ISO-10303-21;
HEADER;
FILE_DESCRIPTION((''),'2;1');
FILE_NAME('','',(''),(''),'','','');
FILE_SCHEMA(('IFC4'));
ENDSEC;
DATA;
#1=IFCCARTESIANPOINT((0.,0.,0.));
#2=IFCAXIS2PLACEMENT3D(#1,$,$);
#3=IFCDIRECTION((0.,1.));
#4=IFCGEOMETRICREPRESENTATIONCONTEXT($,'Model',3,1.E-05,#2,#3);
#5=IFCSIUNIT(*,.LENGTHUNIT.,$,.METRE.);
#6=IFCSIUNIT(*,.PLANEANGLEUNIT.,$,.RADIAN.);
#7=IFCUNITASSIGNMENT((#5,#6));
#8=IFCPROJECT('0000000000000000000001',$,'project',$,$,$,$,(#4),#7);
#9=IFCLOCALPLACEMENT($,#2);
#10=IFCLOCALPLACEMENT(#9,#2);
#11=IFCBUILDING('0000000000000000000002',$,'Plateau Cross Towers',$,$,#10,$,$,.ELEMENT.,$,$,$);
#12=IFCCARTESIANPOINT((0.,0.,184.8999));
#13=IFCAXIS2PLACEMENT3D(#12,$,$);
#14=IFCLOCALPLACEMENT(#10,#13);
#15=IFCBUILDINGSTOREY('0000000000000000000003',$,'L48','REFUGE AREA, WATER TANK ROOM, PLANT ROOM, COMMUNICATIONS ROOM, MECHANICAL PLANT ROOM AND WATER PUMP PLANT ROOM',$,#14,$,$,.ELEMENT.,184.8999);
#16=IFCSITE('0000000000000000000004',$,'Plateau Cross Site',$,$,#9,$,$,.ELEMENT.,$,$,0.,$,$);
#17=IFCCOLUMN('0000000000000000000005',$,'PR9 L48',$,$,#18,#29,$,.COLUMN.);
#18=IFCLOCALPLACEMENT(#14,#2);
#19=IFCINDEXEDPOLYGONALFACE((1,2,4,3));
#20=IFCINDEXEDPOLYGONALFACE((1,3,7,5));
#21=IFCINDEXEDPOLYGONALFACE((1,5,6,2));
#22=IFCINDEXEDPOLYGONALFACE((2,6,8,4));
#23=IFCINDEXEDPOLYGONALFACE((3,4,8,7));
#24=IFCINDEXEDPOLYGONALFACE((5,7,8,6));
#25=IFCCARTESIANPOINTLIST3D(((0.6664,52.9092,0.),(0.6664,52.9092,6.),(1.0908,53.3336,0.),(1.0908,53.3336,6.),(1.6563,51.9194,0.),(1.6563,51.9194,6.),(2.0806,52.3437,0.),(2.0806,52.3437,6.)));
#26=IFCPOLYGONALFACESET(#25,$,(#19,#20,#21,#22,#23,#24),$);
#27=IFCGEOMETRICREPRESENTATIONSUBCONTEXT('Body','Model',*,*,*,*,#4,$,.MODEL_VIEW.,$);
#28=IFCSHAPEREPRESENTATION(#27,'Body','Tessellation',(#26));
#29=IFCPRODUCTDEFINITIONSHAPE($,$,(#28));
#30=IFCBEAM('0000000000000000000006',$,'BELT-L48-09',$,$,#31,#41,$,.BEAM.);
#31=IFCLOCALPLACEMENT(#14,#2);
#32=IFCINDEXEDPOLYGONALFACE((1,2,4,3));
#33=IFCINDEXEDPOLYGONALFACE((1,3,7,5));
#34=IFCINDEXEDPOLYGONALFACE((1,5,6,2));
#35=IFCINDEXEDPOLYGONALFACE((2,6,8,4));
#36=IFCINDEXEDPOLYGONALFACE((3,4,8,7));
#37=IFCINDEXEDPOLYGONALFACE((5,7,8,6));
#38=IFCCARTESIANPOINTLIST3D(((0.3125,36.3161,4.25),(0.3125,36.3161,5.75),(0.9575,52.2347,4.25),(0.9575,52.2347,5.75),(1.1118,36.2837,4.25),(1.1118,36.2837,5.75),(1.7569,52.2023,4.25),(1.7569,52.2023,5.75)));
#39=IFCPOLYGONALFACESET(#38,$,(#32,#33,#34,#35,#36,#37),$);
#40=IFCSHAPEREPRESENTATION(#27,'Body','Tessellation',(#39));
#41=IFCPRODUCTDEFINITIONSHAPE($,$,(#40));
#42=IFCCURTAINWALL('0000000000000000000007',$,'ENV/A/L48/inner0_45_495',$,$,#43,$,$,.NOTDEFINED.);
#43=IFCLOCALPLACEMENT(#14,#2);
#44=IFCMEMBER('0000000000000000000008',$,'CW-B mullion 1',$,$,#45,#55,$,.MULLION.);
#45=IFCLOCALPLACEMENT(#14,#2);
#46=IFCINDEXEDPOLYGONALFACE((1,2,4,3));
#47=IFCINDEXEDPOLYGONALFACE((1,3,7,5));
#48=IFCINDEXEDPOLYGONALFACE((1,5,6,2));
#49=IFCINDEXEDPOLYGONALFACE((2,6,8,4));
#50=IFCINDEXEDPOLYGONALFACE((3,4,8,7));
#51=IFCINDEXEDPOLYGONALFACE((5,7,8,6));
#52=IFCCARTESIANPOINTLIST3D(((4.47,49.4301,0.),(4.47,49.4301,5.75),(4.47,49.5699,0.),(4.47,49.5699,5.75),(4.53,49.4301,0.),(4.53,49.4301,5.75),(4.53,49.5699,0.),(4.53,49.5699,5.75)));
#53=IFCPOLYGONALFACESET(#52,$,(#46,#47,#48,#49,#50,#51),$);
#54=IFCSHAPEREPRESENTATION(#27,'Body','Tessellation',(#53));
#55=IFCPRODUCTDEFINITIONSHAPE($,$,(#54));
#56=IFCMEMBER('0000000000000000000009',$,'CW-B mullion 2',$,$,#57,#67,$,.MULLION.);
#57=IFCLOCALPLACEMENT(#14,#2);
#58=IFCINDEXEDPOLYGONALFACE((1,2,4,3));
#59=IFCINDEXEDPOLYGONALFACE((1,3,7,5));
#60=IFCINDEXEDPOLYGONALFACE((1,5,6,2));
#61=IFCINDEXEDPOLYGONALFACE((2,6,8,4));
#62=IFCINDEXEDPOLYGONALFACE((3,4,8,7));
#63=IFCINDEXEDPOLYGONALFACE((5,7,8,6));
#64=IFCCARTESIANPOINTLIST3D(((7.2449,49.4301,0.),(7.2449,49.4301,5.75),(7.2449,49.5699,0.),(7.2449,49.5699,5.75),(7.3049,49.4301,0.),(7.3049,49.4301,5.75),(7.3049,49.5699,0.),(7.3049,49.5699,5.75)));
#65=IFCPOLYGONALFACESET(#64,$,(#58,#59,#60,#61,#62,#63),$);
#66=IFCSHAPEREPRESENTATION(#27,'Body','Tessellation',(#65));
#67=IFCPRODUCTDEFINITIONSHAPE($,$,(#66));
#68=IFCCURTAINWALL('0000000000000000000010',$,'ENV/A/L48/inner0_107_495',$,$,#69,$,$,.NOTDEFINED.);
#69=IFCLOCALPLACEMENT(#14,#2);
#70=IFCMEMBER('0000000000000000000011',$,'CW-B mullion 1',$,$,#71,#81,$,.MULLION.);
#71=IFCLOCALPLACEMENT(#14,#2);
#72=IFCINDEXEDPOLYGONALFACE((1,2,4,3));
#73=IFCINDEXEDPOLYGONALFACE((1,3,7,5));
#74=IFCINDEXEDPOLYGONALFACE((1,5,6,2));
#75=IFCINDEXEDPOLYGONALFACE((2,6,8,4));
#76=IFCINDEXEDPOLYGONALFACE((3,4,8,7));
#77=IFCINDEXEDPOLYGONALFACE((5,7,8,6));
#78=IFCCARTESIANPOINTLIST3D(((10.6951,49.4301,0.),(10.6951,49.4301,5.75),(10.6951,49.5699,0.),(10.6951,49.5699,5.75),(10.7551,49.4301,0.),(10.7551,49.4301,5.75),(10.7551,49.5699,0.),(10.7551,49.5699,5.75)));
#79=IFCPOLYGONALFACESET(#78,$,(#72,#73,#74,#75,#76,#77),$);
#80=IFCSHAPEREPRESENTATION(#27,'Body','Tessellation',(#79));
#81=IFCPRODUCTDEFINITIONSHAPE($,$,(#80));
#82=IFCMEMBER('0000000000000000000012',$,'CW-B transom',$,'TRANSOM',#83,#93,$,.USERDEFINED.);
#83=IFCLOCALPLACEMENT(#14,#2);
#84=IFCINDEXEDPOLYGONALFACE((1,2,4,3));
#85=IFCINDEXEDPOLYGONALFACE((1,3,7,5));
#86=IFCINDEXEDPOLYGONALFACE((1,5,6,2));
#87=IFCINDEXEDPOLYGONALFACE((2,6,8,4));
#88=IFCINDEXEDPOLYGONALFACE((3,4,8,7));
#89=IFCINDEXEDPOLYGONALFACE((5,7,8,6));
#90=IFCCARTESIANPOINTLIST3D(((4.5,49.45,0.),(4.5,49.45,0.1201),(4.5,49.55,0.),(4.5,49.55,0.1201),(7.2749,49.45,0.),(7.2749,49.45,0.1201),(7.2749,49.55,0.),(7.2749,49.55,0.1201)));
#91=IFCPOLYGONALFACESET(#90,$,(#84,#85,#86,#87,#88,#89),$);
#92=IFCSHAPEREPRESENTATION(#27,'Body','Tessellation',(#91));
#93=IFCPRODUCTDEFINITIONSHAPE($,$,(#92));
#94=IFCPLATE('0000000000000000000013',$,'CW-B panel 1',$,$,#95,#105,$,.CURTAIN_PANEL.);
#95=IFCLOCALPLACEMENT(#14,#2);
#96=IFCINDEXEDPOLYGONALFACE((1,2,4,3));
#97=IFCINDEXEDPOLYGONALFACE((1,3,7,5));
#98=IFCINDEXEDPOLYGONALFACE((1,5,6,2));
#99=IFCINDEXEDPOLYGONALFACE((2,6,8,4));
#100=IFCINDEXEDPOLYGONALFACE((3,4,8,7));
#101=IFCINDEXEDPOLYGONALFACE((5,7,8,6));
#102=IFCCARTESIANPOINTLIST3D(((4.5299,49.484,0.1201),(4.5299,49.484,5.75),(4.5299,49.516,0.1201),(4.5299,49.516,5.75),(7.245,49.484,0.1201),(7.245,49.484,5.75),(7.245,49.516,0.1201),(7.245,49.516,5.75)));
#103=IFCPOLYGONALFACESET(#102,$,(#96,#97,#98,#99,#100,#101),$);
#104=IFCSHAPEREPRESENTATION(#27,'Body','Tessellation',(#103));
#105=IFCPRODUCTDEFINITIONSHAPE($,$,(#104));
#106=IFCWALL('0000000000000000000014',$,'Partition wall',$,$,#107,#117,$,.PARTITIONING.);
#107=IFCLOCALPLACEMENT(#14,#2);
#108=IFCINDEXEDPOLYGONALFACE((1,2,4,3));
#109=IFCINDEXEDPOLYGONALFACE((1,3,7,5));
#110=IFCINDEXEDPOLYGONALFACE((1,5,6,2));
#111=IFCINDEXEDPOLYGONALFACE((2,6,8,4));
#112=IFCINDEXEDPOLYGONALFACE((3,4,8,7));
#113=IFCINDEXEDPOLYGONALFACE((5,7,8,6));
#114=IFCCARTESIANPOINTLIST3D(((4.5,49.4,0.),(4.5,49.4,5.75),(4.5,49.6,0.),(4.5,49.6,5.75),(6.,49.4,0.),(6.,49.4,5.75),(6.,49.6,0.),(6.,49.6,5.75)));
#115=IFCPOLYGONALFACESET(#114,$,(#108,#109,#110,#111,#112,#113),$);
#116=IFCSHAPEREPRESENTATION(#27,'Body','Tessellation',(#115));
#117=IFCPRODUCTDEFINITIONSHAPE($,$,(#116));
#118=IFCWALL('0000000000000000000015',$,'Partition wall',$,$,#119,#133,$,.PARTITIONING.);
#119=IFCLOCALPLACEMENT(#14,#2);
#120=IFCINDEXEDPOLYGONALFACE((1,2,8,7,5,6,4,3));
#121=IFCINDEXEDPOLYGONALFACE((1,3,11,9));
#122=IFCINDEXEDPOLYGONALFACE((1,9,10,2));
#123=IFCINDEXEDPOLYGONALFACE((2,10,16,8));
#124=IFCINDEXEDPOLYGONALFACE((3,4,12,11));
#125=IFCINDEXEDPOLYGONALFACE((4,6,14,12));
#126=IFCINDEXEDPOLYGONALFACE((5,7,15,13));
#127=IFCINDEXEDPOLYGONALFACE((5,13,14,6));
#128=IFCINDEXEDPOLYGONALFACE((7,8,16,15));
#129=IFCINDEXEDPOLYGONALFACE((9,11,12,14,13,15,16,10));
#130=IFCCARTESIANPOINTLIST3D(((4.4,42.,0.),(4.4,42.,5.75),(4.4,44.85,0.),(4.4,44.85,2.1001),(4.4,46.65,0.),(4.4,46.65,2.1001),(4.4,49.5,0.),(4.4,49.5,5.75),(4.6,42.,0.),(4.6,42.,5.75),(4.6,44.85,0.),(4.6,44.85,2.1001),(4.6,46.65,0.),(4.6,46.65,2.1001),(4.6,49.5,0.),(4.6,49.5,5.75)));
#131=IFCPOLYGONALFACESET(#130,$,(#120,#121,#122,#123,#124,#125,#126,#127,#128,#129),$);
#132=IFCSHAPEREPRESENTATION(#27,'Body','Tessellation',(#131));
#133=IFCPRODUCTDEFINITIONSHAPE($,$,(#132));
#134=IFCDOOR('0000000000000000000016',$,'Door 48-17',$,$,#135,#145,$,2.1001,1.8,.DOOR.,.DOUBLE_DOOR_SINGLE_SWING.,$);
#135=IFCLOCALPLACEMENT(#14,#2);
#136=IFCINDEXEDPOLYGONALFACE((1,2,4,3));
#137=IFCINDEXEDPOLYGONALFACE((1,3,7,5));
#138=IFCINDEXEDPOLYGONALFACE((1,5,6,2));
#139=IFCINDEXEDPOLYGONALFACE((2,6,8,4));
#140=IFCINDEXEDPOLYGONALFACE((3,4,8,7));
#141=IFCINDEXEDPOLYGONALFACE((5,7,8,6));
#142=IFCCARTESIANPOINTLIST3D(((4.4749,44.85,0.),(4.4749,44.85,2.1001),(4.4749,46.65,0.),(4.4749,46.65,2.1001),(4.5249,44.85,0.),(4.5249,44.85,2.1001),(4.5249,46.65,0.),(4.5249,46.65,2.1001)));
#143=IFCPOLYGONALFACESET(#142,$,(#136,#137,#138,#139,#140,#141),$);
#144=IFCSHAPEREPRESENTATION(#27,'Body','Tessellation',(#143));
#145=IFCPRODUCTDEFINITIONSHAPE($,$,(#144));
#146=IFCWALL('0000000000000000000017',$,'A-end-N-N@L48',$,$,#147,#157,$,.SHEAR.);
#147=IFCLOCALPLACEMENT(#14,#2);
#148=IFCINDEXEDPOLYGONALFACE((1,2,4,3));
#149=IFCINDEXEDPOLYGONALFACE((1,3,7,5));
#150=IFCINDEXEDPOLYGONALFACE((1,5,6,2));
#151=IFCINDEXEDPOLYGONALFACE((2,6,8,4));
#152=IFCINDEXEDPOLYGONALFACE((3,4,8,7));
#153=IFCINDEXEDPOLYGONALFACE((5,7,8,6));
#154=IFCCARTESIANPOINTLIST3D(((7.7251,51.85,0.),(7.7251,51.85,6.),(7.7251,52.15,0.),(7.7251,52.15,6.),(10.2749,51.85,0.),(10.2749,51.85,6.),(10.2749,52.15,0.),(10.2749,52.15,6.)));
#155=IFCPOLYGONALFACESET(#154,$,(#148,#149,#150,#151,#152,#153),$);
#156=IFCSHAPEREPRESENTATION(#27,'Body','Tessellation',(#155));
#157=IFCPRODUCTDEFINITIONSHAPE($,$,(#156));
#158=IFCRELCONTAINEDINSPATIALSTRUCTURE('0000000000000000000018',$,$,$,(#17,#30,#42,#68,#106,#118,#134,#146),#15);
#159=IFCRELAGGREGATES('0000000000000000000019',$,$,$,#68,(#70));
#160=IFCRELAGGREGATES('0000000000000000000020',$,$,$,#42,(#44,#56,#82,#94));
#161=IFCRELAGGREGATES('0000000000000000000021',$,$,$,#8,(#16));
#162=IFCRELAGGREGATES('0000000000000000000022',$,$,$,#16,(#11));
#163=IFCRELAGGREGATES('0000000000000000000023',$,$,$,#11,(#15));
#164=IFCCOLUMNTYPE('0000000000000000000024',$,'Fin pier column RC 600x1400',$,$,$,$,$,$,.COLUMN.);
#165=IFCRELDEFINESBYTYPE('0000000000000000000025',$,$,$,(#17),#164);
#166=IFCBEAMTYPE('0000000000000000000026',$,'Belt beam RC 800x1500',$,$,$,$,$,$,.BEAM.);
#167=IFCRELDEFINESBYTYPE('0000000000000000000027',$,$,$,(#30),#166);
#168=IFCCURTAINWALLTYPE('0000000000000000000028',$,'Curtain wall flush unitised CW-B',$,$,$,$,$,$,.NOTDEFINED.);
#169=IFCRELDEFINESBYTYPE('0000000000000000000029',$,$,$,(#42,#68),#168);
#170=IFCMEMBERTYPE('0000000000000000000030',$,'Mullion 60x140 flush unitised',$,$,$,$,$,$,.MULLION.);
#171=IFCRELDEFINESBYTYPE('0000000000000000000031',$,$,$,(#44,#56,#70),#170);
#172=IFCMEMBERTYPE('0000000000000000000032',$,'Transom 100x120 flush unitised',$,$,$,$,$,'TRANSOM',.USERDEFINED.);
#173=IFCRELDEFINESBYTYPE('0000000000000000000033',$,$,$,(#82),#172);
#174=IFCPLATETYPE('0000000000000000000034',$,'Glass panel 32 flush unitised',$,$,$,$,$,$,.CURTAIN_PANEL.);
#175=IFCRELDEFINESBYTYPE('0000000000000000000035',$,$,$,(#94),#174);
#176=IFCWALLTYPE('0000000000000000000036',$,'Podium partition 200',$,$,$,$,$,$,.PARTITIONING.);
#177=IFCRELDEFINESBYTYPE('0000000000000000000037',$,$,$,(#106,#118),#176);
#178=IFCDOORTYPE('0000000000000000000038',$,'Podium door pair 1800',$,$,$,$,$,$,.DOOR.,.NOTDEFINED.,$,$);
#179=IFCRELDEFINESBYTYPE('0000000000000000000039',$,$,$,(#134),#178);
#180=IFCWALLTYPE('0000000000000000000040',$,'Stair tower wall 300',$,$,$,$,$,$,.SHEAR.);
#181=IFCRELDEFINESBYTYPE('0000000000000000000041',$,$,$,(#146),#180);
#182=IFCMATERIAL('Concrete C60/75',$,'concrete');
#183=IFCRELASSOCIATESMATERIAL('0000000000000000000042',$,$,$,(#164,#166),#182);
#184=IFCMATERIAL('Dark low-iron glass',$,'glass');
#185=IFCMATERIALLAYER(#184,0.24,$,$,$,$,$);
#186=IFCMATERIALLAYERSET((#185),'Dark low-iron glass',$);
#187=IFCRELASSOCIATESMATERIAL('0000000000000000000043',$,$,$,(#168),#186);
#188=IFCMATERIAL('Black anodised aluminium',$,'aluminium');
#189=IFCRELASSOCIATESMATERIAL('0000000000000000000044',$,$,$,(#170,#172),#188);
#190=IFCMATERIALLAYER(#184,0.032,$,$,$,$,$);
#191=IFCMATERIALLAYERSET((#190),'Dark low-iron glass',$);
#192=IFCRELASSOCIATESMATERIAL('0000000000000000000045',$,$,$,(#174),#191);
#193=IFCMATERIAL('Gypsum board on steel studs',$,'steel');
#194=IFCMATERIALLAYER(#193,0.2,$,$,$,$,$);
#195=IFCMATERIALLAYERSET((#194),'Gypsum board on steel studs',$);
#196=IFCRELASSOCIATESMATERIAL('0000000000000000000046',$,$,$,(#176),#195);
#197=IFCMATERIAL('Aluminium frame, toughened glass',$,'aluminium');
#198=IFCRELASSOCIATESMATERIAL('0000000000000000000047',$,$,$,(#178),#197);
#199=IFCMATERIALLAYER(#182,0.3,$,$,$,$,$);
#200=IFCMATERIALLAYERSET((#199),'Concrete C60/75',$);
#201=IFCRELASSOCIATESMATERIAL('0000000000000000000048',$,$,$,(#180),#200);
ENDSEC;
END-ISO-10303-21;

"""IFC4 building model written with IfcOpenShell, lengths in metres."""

from ifc_helpers import new_model, si_unit, direction, frame, frame_2d, origin, origin_2d, place, context, subcontext, project, spatial, rectangle, extrude, material, layer, layer_set, material_profile, profile_set, type_object, element, fill, aggregate, save


model = new_model("IFC4")

# Units and contexts
model_context = context("Model", 3, precision=1e-05, world=origin(), true_north=direction((0.0, 1.0)))
body_context = subcontext(model_context, "Body", "Model", "MODEL_VIEW")
ifc_project = project(units=[si_unit("LENGTHUNIT", "METRE"), si_unit("PLANEANGLEUNIT", "RADIAN")], contexts=[model_context])

# Site, building, storey
site_placement = place(None, origin())
site = spatial("IfcSite", under=ifc_project, at=site_placement, Name="Plateau Cross Site", CompositionType="ELEMENT", RefElevation=0.0)
building_placement = place(site_placement, origin())
building = spatial("IfcBuilding", under=site, at=building_placement, Name="Plateau Cross Towers", CompositionType="ELEMENT")
storey_placement = place(building_placement, frame((0.0, 0.0, 184.8999)))
storey = spatial("IfcBuildingStorey", under=building, at=storey_placement, Name="L48", Description="REFUGE AREA, WATER TANK ROOM, PLANT ROOM, COMMUNICATIONS ROOM, MECHANICAL PLANT ROOM AND WATER PUMP PLANT ROOM", CompositionType="ELEMENT", Elevation=184.8999)

# Column
ifc_material_1 = material(Name="Concrete C60/75", Category="concrete")
ifc_material_profile_1 = material_profile(ifc_material_1, rectangle(XDim=0.6001, YDim=1.3999, at=origin_2d()), Name="RC 600x1400")
ifc_profile_set_1 = profile_set([ifc_material_profile_1], Name="Concrete C60/75")
column_type = type_object("IfcColumnType", Name="Fin pier column RC 600x1400", PredefinedType="COLUMN", material=ifc_profile_set_1)
column_placement = place(storey_placement, frame((1.3735, 52.6265, 0.0), z_axis=(0.0, 0.0, 1.0), x_axis=(0.707107, 0.707107, 0.0)))
element("IfcColumn", 1, at=column_placement, inside=storey, type_object=column_type, Name="PR9 L48", PredefinedType="COLUMN", context=body_context, shape_type="SweptSolid", body=[
    extrude(rectangle(XDim=0.6001, YDim=1.3999, at=origin_2d()), origin(), (0.0, 0.0, 1.0), 6.0),
])

# Beam
ifc_material_profile_2 = material_profile(ifc_material_1, rectangle(XDim=0.8, YDim=1.5, at=origin_2d()), Name="RC 800x1500")
ifc_profile_set_2 = profile_set([ifc_material_profile_2], Name="Concrete C60/75")
beam_type = type_object("IfcBeamType", Name="Belt beam RC 800x1500", PredefinedType="BEAM", material=ifc_profile_set_2)
beam_placement = place(storey_placement, frame((1.3572, 52.2185, 5.0), z_axis=(-0.040487, -0.99918, 0.0), x_axis=(0.99918, -0.040487, 0.0)))
element("IfcBeam", 2, at=beam_placement, inside=storey, type_object=beam_type, Name="BELT-L48-09", PredefinedType="BEAM", context=body_context, shape_type="SweptSolid", body=[
    extrude(rectangle(XDim=0.8, YDim=1.5, at=origin_2d()), origin(), (0.0, 0.0, 1.0), 15.9316),
])

# Curtain wall, members
ifc_material_2 = material(Name="Dark low-iron glass", Category="glass")
ifc_layer_1 = layer(ifc_material_2, 0.24)
ifc_layer_set_1 = layer_set([ifc_layer_1], Name="Dark low-iron glass")
curtain_wall_type = type_object("IfcCurtainWallType", Name="Curtain wall flush unitised CW-B", PredefinedType="NOTDEFINED", material=ifc_layer_set_1)
curtain_wall_1_placement = place(storey_placement, origin())
curtain_wall_1 = element("IfcCurtainWall", 3, at=curtain_wall_1_placement, inside=storey, type_object=curtain_wall_type, Name="ENV/A/L48/inner0_45_495", PredefinedType="NOTDEFINED")
ifc_material_3 = material(Name="Black anodised aluminium", Category="aluminium")
ifc_material_profile_3 = material_profile(ifc_material_3, rectangle(XDim=0.0601, YDim=0.1399, at=origin_2d()), Name="MULLION 60x140")
ifc_profile_set_3 = profile_set([ifc_material_profile_3], Name="Black anodised aluminium")
member_type_1 = type_object("IfcMemberType", Name="Mullion 60x140 flush unitised", PredefinedType="MULLION", material=ifc_profile_set_3)
member_1_placement = place(storey_placement, frame((4.5, 49.5, 0.0), z_axis=(0.0, 0.0, 1.0), x_axis=(1.0, 0.0, 0.0)))
member_1 = element("IfcMember", 4, at=member_1_placement, type_object=member_type_1, Name="CW-B mullion 1", PredefinedType="MULLION", context=body_context, shape_type="SweptSolid", body=[
    extrude(rectangle(XDim=0.0601, YDim=0.1399, at=origin_2d()), origin(), (0.0, 0.0, 1.0), 5.75),
])
member_2_placement = place(storey_placement, frame((7.2749, 49.5, 0.0), z_axis=(0.0, 0.0, 1.0), x_axis=(1.0, 0.0, 0.0)))
member_2 = element("IfcMember", 5, at=member_2_placement, type_object=member_type_1, Name="CW-B mullion 2", PredefinedType="MULLION", context=body_context, shape_type="SweptSolid", body=[
    extrude(rectangle(XDim=0.0601, YDim=0.1399, at=origin_2d()), origin(), (0.0, 0.0, 1.0), 5.75),
])

# Curtain wall, member
curtain_wall_2_placement = place(storey_placement, origin())
curtain_wall_2 = element("IfcCurtainWall", 6, at=curtain_wall_2_placement, inside=storey, type_object=curtain_wall_type, Name="ENV/A/L48/inner0_107_495", PredefinedType="NOTDEFINED")
member_3_placement = place(storey_placement, frame((10.7251, 49.5, 0.0), z_axis=(0.0, 0.0, 1.0), x_axis=(1.0, 0.0, 0.0)))
member_3 = element("IfcMember", 7, at=member_3_placement, type_object=member_type_1, Name="CW-B mullion 1", PredefinedType="MULLION", context=body_context, shape_type="SweptSolid", body=[
    extrude(rectangle(XDim=0.0601, YDim=0.1399, at=origin_2d()), origin(), (0.0, 0.0, 1.0), 5.75),
])
aggregate(curtain_wall_2, [member_3])

# Member
ifc_material_profile_4 = material_profile(ifc_material_3, rectangle(XDim=0.1001, YDim=0.1201, at=origin_2d()), Name="TRANSOM 100x120")
ifc_profile_set_4 = profile_set([ifc_material_profile_4], Name="Black anodised aluminium")
member_type_2 = type_object("IfcMemberType", Name="Transom 100x120 flush unitised", ElementType="TRANSOM", PredefinedType="USERDEFINED", material=ifc_profile_set_4)
member_4_placement = place(storey_placement, frame((4.5, 49.5, 0.0601), z_axis=(1.0, 0.0, 0.0), x_axis=(0.0, 1.0, 0.0)))
member_4 = element("IfcMember", 8, at=member_4_placement, type_object=member_type_2, Name="CW-B transom", ObjectType="TRANSOM", PredefinedType="USERDEFINED", context=body_context, shape_type="SweptSolid", body=[
    extrude(rectangle(XDim=0.1001, YDim=0.1201, at=origin_2d()), origin(), (0.0, 0.0, 1.0), 2.7749),
])

# Plate
ifc_layer_2 = layer(ifc_material_2, 0.032)
ifc_layer_set_2 = layer_set([ifc_layer_2], Name="Dark low-iron glass")
plate_type = type_object("IfcPlateType", Name="Glass panel 32 flush unitised", PredefinedType="CURTAIN_PANEL", material=ifc_layer_set_2)
plate_placement = place(storey_placement, frame((5.8875, 49.5, 0.1201), z_axis=(0.0, 0.0, 1.0), x_axis=(1.0, 0.0, 0.0)))
plate = element("IfcPlate", 9, at=plate_placement, type_object=plate_type, Name="CW-B panel 1", PredefinedType="CURTAIN_PANEL", context=body_context, shape_type="SweptSolid", body=[
    extrude(rectangle(XDim=2.7151, YDim=0.032, at=origin_2d()), origin(), (0.0, 0.0, 1.0), 5.6299),
])
aggregate(curtain_wall_1, [member_1, member_2, member_4, plate])

# Wall
ifc_material_4 = material(Name="Gypsum board on steel studs", Category="steel")
ifc_layer_3 = layer(ifc_material_4, 0.2)
ifc_layer_set_3 = layer_set([ifc_layer_3], Name="Gypsum board on steel studs")
wall_type_1 = type_object("IfcWallType", Name="Podium partition 200", PredefinedType="PARTITIONING", material=ifc_layer_set_3)
wall_1_placement = place(storey_placement, frame((6.0, 49.5, 0.0), z_axis=(0.0, 0.0, 1.0), x_axis=(-1.0, 0.0, 0.0)))
element("IfcWall", 10, at=wall_1_placement, inside=storey, type_object=wall_type_1, Name="Partition wall", PredefinedType="PARTITIONING", context=body_context, shape_type="SweptSolid", body=[
    extrude(rectangle(XDim=1.5, YDim=0.2, at=frame_2d((0.75, 0.0))), origin(), (0.0, 0.0, 1.0), 5.75),
])

# Wall, opening, door
wall_2_placement = place(storey_placement, frame((4.5, 49.5, 0.0), z_axis=(0.0, 0.0, 1.0), x_axis=(0.0, -1.0, 0.0)))
wall_2 = element("IfcWall", 11, at=wall_2_placement, inside=storey, type_object=wall_type_1, Name="Partition wall", PredefinedType="PARTITIONING", context=body_context, shape_type="SweptSolid", body=[
    extrude(rectangle(XDim=7.5, YDim=0.2, at=frame_2d((3.75, 0.0))), origin(), (0.0, 0.0, 1.0), 5.75),
])
opening_placement = place(wall_2_placement, frame((2.8501, 0.0, 0.0)))
opening = element("IfcOpeningElement", 12, at=opening_placement, cuts=wall_2, PredefinedType="OPENING", context=body_context, shape_type="SweptSolid", body=[
    extrude(rectangle(XDim=1.8, YDim=2.1001, at=frame_2d((0.8999, 1.05))), frame((0.0, 0.1099, 0.0), z_axis=(0.0, -1.0, 0.0), x_axis=(1.0, 0.0, 0.0)), (0.0, 0.0, 1.0), 0.22),
])
ifc_material_5 = material(Name="Aluminium frame, toughened glass", Category="aluminium")
door_type = type_object("IfcDoorType", Name="Podium door pair 1800", OperationType="NOTDEFINED", PredefinedType="DOOR", material=ifc_material_5)
door_placement = place(opening_placement, origin())
door = element("IfcDoor", 13, at=door_placement, inside=storey, type_object=door_type, Name="Door 48-17", OperationType="DOUBLE_DOOR_SINGLE_SWING", OverallHeight=2.1001, OverallWidth=1.8, PredefinedType="DOOR", context=body_context, shape_type="SweptSolid", body=[
    extrude(rectangle(XDim=1.8, YDim=2.1001, at=frame_2d((0.8999, 1.05))), frame((0.0, 0.0249, 0.0), z_axis=(0.0, -1.0, 0.0), x_axis=(1.0, 0.0, 0.0)), (0.0, 0.0, 1.0), 0.05),
])
fill(opening, door)

# Wall
ifc_layer_4 = layer(ifc_material_1, 0.3)
ifc_layer_set_4 = layer_set([ifc_layer_4], Name="Concrete C60/75")
wall_type_2 = type_object("IfcWallType", Name="Stair tower wall 300", PredefinedType="SHEAR", material=ifc_layer_set_4)
wall_3_placement = place(storey_placement, frame((7.7251, 52.0, 0.0), z_axis=(0.0, 0.0, 1.0), x_axis=(1.0, 0.0, 0.0)))
element("IfcWall", 14, at=wall_3_placement, inside=storey, type_object=wall_type_2, Name="A-end-N-N@L48", PredefinedType="SHEAR", context=body_context, shape_type="SweptSolid", body=[
    extrude(rectangle(XDim=2.5498, YDim=0.3, at=frame_2d((1.2749, 0.0))), origin(), (0.0, 0.0, 1.0), 6.0),
])

save(model, "model.ifc")
